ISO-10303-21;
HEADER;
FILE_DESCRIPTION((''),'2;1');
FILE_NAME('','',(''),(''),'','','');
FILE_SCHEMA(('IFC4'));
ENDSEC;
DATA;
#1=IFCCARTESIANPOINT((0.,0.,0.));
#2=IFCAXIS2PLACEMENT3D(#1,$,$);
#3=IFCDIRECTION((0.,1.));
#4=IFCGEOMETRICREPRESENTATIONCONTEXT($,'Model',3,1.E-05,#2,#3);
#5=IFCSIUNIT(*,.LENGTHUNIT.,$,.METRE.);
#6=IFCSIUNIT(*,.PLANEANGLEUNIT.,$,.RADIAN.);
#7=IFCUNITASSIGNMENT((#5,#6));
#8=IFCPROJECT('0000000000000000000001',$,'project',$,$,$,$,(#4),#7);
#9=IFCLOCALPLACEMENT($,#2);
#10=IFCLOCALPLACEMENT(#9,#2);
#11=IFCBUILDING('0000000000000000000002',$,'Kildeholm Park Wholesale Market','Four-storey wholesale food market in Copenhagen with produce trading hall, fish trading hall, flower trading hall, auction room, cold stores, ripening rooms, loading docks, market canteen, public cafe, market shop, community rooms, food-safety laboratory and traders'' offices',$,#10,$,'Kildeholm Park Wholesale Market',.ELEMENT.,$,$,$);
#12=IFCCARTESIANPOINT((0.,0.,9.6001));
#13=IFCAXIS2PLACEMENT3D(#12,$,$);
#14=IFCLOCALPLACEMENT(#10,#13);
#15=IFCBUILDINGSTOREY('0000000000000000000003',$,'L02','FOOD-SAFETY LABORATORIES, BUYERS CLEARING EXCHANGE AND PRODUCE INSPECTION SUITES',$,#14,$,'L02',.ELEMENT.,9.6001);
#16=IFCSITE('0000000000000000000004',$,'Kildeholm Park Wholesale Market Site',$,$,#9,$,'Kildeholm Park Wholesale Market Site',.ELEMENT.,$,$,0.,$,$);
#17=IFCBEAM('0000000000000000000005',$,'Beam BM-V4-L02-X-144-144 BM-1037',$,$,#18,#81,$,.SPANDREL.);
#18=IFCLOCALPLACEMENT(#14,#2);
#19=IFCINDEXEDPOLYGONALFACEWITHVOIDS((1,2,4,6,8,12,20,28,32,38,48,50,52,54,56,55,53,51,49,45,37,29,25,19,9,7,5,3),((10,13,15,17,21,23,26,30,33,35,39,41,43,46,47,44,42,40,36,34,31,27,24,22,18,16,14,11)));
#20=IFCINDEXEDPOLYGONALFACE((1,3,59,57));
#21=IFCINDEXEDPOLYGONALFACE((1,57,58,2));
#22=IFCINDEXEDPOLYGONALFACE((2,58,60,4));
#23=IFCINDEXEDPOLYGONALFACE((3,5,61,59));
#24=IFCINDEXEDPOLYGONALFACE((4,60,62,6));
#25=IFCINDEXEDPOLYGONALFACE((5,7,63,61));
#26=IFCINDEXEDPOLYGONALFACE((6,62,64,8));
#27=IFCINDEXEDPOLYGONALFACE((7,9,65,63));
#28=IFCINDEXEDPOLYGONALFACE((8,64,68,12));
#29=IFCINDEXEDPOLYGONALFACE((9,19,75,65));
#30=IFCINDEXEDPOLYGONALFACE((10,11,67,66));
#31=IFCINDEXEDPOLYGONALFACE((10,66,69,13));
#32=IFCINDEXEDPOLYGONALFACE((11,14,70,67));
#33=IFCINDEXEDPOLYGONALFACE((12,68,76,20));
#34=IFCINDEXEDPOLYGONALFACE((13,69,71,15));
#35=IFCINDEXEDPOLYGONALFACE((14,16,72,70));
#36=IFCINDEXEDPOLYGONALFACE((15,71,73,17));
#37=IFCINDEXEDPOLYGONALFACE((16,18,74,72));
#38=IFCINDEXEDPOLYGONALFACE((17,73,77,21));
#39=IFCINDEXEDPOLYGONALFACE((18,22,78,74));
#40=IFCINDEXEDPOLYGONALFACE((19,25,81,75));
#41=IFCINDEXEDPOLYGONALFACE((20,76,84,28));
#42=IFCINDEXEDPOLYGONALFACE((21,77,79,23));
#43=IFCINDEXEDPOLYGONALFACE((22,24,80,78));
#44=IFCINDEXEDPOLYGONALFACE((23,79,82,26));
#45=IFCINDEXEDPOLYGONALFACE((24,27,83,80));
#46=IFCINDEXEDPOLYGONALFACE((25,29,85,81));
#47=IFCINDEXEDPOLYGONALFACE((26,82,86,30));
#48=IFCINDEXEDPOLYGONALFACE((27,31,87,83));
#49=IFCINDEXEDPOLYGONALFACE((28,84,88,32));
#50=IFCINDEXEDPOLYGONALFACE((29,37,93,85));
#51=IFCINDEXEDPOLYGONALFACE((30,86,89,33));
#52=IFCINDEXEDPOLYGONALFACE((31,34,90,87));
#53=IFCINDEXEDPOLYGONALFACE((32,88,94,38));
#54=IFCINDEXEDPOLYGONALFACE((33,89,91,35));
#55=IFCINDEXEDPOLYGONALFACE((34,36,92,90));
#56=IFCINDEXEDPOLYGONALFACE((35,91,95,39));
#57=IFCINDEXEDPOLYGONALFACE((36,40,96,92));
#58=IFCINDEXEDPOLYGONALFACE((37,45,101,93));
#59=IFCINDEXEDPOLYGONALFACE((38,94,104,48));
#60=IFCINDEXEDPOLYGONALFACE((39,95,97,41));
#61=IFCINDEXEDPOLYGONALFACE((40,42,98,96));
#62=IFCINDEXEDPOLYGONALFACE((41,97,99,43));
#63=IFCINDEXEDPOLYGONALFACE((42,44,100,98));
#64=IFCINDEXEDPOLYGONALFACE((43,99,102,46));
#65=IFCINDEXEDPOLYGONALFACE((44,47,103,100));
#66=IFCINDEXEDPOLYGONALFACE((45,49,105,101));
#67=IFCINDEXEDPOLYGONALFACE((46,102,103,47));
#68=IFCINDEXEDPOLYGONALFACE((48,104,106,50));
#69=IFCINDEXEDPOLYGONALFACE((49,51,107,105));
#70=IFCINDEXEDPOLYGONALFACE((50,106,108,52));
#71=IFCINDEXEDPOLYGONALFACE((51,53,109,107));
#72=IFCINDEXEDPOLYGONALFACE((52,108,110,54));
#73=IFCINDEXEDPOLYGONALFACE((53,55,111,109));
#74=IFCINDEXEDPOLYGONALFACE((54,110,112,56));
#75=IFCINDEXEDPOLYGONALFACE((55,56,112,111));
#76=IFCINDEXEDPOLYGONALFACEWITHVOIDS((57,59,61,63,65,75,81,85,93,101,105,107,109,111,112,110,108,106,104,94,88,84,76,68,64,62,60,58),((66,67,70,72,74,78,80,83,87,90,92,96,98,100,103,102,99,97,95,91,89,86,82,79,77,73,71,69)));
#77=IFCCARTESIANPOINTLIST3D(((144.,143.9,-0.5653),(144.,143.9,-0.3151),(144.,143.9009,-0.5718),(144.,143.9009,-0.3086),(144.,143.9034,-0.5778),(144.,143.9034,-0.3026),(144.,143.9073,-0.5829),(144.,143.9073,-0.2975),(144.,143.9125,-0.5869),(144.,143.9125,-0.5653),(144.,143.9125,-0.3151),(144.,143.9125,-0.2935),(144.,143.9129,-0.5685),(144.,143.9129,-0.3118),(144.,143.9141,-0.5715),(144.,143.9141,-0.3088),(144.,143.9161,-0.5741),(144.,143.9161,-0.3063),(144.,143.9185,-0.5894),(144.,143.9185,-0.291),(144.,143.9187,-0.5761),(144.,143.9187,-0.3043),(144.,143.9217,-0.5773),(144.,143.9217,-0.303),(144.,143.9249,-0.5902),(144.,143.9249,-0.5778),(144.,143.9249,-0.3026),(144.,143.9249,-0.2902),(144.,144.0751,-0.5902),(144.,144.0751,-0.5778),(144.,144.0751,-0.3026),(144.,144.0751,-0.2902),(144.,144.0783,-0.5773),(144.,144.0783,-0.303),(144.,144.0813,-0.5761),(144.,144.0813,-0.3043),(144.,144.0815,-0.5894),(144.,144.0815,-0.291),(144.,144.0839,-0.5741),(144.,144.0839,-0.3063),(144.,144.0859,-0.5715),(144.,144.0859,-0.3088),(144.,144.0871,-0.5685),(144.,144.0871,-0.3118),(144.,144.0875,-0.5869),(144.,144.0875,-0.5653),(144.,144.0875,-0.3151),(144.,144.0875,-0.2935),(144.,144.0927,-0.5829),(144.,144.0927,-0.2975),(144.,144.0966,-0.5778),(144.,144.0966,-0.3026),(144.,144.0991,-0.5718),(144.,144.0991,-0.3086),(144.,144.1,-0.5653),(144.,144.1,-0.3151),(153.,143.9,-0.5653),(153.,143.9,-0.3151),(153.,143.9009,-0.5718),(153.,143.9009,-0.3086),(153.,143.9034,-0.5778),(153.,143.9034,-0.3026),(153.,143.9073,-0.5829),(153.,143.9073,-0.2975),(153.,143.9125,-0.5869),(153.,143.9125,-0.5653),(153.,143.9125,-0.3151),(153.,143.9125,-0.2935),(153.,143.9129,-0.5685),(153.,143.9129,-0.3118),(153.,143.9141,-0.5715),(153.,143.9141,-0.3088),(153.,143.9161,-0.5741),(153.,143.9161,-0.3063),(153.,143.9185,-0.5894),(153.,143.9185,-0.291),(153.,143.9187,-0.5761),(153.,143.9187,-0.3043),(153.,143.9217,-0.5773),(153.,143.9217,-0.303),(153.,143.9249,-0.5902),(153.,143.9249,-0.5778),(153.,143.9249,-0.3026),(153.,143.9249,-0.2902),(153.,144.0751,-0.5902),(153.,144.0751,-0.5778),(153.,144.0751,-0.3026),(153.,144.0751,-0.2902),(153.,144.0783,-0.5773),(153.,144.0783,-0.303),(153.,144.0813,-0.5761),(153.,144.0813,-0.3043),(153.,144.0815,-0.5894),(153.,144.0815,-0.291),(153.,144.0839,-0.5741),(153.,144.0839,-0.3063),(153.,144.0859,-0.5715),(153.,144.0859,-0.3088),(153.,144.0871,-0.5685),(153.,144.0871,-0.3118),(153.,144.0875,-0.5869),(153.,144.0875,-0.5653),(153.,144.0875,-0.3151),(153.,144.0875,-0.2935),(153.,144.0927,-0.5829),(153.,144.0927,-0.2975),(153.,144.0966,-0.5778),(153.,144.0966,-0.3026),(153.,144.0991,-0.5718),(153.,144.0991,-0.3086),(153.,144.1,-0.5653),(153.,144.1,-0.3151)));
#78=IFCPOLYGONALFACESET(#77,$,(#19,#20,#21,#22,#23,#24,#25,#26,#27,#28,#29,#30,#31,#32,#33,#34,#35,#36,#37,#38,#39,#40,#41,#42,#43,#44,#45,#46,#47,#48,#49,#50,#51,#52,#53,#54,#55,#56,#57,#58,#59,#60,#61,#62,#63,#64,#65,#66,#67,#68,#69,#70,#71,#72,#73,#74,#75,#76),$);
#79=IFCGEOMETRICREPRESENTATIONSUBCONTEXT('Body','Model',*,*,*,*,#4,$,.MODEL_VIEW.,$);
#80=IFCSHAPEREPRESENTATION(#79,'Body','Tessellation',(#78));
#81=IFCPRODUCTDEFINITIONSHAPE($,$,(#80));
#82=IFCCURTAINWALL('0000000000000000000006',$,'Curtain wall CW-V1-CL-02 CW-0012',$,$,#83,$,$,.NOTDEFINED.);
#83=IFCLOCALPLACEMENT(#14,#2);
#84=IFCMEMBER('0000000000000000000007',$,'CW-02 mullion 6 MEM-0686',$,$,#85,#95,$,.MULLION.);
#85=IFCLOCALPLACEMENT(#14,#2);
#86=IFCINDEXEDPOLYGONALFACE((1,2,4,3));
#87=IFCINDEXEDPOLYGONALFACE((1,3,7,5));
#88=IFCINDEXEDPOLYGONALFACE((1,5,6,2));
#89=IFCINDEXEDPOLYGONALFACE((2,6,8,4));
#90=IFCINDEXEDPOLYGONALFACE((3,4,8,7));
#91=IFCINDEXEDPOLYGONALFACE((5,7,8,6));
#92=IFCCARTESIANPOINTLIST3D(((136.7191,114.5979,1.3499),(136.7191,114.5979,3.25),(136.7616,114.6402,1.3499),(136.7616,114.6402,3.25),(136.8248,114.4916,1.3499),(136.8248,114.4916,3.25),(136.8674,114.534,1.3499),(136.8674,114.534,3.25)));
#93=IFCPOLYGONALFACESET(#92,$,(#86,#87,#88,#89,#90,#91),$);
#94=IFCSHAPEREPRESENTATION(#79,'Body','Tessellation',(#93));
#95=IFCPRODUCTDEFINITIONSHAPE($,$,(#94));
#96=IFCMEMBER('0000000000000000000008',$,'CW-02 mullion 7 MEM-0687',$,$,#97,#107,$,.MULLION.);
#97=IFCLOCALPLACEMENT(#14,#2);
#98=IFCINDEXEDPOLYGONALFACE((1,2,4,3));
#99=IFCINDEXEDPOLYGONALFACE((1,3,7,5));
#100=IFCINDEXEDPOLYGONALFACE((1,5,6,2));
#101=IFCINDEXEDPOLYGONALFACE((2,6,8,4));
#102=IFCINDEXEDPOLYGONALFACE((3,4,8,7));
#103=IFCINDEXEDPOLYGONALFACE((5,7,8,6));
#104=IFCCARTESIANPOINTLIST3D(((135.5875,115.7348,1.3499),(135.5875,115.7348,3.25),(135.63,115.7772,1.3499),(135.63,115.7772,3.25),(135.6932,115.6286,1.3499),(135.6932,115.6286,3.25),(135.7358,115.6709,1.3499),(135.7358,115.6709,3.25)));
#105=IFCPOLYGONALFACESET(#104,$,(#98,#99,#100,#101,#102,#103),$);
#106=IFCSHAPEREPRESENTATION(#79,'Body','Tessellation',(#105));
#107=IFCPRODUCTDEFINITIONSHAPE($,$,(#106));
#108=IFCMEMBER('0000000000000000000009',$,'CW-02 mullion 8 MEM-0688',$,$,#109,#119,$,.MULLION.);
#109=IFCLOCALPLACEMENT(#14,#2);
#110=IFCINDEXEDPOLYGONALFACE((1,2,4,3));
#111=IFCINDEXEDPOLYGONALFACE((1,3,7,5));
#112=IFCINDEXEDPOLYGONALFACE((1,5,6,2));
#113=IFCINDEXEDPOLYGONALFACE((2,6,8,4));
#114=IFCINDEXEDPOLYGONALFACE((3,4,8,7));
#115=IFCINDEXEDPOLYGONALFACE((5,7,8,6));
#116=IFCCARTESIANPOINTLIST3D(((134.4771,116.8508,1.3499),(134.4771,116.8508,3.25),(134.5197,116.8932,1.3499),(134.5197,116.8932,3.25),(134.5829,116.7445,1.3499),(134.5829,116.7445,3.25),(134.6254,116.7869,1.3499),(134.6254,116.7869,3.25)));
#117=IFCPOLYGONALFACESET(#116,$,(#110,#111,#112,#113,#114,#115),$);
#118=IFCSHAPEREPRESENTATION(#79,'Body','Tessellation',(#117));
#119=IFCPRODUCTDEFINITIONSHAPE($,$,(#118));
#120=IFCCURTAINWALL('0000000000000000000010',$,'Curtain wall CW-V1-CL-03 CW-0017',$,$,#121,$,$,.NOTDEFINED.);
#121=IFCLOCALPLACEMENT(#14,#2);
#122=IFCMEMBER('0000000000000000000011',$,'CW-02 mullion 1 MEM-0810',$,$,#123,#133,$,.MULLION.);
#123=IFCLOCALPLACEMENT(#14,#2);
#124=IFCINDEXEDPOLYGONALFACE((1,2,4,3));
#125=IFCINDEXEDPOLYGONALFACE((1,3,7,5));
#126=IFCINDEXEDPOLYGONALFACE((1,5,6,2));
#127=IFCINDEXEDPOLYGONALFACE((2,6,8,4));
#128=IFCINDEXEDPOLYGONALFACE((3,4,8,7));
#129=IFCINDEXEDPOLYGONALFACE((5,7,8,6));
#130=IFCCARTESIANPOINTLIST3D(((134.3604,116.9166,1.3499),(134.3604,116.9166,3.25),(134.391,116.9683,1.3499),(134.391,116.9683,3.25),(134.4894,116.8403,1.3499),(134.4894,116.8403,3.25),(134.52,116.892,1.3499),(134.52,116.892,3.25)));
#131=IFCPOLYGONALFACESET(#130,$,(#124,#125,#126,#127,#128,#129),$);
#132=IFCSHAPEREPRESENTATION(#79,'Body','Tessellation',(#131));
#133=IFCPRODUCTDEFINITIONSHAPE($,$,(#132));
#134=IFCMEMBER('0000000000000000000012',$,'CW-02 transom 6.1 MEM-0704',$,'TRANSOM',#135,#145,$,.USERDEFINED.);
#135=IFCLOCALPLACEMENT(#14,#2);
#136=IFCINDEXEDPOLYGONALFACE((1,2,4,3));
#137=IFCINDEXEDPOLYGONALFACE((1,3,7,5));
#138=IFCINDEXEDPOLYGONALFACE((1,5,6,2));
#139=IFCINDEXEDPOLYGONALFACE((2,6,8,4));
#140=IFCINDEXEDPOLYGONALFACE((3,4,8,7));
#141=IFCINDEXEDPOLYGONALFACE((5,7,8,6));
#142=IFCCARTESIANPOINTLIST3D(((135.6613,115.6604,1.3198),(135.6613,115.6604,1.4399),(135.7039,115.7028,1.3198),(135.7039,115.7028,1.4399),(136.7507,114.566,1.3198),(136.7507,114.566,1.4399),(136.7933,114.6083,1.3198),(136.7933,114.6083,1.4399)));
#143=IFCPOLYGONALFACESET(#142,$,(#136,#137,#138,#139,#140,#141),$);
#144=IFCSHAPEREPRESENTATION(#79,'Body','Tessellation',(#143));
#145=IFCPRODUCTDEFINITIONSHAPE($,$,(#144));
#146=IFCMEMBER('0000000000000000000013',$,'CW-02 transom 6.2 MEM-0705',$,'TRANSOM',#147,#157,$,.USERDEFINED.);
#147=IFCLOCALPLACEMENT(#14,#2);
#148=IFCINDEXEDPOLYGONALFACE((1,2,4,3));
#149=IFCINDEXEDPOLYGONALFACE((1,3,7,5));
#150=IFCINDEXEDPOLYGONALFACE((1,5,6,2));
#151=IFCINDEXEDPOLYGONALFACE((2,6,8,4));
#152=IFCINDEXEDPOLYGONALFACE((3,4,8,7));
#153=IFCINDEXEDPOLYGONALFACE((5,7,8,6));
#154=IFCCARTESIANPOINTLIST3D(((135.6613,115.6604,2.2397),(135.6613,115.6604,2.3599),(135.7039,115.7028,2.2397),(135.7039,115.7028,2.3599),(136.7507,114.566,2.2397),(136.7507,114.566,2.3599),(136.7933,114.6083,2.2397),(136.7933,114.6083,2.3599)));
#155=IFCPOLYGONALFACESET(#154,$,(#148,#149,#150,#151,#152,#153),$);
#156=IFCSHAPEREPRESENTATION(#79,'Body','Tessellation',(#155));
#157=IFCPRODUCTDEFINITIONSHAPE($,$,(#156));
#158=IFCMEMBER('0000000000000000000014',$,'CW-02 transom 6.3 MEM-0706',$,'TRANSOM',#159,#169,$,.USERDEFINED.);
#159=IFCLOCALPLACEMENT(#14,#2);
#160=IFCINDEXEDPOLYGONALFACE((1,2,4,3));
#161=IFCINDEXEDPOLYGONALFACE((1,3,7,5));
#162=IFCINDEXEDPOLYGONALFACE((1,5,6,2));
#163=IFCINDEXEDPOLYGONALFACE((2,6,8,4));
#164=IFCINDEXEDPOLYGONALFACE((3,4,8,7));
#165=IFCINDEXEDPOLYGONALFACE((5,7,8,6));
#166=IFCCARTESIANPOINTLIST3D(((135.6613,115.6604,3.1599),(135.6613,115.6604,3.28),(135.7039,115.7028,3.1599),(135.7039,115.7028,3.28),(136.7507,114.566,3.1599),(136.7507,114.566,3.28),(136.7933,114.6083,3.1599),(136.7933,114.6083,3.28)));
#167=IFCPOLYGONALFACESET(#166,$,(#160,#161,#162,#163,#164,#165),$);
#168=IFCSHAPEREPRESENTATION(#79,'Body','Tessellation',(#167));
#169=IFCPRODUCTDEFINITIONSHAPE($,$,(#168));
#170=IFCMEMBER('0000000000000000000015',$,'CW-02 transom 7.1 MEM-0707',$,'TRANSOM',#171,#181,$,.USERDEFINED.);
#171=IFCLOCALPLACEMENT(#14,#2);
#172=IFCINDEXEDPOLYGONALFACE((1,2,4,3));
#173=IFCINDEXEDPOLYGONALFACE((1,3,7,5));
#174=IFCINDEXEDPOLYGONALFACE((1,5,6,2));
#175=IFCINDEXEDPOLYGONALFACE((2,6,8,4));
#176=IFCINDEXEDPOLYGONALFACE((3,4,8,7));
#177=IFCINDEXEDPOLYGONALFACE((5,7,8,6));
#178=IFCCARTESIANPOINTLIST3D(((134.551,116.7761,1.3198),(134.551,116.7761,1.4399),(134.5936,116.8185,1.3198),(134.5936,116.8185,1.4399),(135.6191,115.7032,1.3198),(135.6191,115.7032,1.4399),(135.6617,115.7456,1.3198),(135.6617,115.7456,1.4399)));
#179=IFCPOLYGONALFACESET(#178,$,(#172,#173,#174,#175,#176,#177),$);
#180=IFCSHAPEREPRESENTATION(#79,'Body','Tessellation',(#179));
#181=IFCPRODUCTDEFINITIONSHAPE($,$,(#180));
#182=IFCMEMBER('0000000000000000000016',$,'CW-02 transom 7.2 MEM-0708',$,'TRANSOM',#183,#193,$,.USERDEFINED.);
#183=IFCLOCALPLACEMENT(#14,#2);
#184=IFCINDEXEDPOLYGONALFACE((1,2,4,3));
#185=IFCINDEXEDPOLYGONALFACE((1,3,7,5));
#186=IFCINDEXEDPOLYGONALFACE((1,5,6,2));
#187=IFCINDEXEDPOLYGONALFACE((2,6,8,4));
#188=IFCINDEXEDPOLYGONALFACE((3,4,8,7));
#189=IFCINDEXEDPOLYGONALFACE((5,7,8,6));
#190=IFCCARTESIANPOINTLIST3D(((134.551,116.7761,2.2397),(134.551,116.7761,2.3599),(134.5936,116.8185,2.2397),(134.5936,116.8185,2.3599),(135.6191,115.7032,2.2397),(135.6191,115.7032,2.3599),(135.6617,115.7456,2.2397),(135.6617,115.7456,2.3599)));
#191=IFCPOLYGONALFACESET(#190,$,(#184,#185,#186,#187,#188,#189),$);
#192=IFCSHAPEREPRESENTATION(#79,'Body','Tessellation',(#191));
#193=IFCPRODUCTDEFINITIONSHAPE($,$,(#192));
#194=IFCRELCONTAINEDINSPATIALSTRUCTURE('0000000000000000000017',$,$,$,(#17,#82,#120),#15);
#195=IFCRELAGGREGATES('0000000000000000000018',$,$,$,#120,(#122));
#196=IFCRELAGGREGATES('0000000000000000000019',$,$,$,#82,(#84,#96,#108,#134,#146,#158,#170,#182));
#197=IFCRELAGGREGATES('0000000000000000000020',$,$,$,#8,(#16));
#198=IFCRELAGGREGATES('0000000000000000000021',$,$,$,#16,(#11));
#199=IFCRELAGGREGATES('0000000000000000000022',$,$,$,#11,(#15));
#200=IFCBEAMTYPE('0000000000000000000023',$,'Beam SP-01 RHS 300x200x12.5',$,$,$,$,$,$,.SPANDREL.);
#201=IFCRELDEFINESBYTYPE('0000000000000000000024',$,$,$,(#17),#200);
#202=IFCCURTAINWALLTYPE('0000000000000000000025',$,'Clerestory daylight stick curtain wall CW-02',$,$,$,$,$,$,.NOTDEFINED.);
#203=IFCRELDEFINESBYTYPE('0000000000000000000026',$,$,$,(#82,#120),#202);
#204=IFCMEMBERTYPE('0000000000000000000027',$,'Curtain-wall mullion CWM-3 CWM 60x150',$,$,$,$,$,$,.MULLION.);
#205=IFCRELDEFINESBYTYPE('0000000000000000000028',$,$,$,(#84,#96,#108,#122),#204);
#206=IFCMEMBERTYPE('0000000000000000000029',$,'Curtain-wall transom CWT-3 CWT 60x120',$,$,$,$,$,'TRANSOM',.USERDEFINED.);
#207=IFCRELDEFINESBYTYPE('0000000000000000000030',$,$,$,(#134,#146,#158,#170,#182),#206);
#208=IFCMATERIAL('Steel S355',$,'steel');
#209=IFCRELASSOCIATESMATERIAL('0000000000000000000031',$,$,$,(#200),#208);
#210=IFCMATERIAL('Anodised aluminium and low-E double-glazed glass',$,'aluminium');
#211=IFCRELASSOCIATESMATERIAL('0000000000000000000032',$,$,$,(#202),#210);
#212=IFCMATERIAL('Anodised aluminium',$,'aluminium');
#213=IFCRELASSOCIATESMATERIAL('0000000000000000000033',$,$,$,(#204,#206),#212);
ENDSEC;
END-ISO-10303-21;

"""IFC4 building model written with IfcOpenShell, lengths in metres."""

from ifc_helpers import new_model, si_unit, direction, frame, origin, origin_2d, place, context, subcontext, project, spatial, rectangle, hollow_rectangle, extrude, material, material_profile, profile_set, type_object, element, aggregate, save


model = new_model("IFC4")

# Units and contexts
model_context = context("Model", 3, precision=1e-05, world=origin(), true_north=direction((0.0, 1.0)))
body_context = subcontext(model_context, "Body", "Model", "MODEL_VIEW")
ifc_project = project(units=[si_unit("LENGTHUNIT", "METRE"), si_unit("PLANEANGLEUNIT", "RADIAN")], contexts=[model_context])

# Site, building, storey
site_placement = place(None, origin())
site = spatial("IfcSite", under=ifc_project, at=site_placement, Name="Kildeholm Park Wholesale Market Site", LongName="Kildeholm Park Wholesale Market Site", CompositionType="ELEMENT", RefElevation=0.0)
building_placement = place(site_placement, origin())
building = spatial("IfcBuilding", under=site, at=building_placement, Name="Kildeholm Park Wholesale Market", Description="Four-storey wholesale food market in Copenhagen with produce trading hall, fish trading hall, flower trading hall, auction room, cold stores, ripening rooms, loading docks, market canteen, public cafe, market shop, community rooms, food-safety laboratory and traders' offices", LongName="Kildeholm Park Wholesale Market", CompositionType="ELEMENT")
storey_placement = place(building_placement, frame((0.0, 0.0, 9.6001)))
storey = spatial("IfcBuildingStorey", under=building, at=storey_placement, Name="L02", Description="FOOD-SAFETY LABORATORIES, BUYERS CLEARING EXCHANGE AND PRODUCE INSPECTION SUITES", LongName="L02", CompositionType="ELEMENT", Elevation=9.6001)

# Shared definitions
ifc_material_1 = material(Name="Steel S355", Category="steel")

# Beam
ifc_material_profile_1 = material_profile(ifc_material_1, hollow_rectangle(XDim=0.2, YDim=0.3, WallThickness=0.0125, InnerFilletRadius=0.0125, OuterFilletRadius=0.0249, at=origin_2d()), Name="RHS 300x200x12.5")
ifc_profile_set_1 = profile_set([ifc_material_profile_1], Name="Steel S355")
beam_type_1 = type_object("IfcBeamType", Name="Beam SP-01 RHS 300x200x12.5", PredefinedType="SPANDREL", material=ifc_profile_set_1)
for number, where, z_axis, x_axis, name in (
    (1, (144.0, 144.0, -0.4402), (1.0, 0.0, 0.0), (0.0, 1.0, 0.0), "Beam BM-V4-L02-X-144-144 BM-1037"),
):
    element("IfcBeam", number, at=place(storey_placement, frame(where, z_axis=z_axis, x_axis=x_axis)), inside=storey, type_object=beam_type_1, Name=name, PredefinedType="SPANDREL", context=body_context, shape_type="SweptSolid", body=[
        extrude(hollow_rectangle(XDim=0.2, YDim=0.3, WallThickness=0.0125, InnerFilletRadius=0.0125, OuterFilletRadius=0.0249, at=origin_2d()), origin(), (0.0, 0.0, 1.0), 9.0),
    ])

# Curtain wall, members
ifc_material_2 = material(Name="Anodised aluminium and low-E double-glazed glass", Category="aluminium")
curtain_wall_type = type_object("IfcCurtainWallType", Name="Clerestory daylight stick curtain wall CW-02", PredefinedType="NOTDEFINED", material=ifc_material_2)
curtain_wall_1_placement = place(storey_placement, origin())
curtain_wall_1 = element("IfcCurtainWall", 2, at=curtain_wall_1_placement, inside=storey, type_object=curtain_wall_type, Name="Curtain wall CW-V1-CL-02 CW-0012", PredefinedType="NOTDEFINED")
ifc_material_3 = material(Name="Anodised aluminium", Category="aluminium")
ifc_material_profile_2 = material_profile(ifc_material_3, rectangle(XDim=0.0601, YDim=0.1499, at=origin_2d()), Name="CWM 60x150")
ifc_profile_set_2 = profile_set([ifc_material_profile_2], Name="Anodised aluminium")
member_type_1 = type_object("IfcMemberType", Name="Curtain-wall mullion CWM-3 CWM 60x150", PredefinedType="MULLION", material=ifc_profile_set_2)
member_1_placement = place(storey_placement, frame((136.7932, 114.5659, 1.3499), z_axis=(0.0, 0.0, 1.0), x_axis=(-0.708797, -0.705413, 0.0)))
member_1 = element("IfcMember", 3, at=member_1_placement, type_object=member_type_1, Name="CW-02 mullion 6 MEM-0686", PredefinedType="MULLION", context=body_context, shape_type="SweptSolid", body=[
    extrude(rectangle(XDim=0.0601, YDim=0.1499, at=origin_2d()), origin(), (0.0, 0.0, 1.0), 1.9001),
])
member_2_placement = place(storey_placement, frame((135.6616, 115.7029, 1.3499), z_axis=(0.0, 0.0, 1.0), x_axis=(-0.708797, -0.705413, 0.0)))
member_2 = element("IfcMember", 4, at=member_2_placement, type_object=member_type_1, Name="CW-02 mullion 7 MEM-0687", PredefinedType="MULLION", context=body_context, shape_type="SweptSolid", body=[
    extrude(rectangle(XDim=0.0601, YDim=0.1499, at=origin_2d()), origin(), (0.0, 0.0, 1.0), 1.9001),
])
member_3_placement = place(storey_placement, frame((134.5513, 116.8188, 1.3499), z_axis=(0.0, 0.0, 1.0), x_axis=(-0.708797, -0.705413, 0.0)))
member_3 = element("IfcMember", 5, at=member_3_placement, type_object=member_type_1, Name="CW-02 mullion 8 MEM-0688", PredefinedType="MULLION", context=body_context, shape_type="SweptSolid", body=[
    extrude(rectangle(XDim=0.0601, YDim=0.1499, at=origin_2d()), origin(), (0.0, 0.0, 1.0), 1.9001),
])

# Curtain wall, member
curtain_wall_2_placement = place(storey_placement, origin())
curtain_wall_2 = element("IfcCurtainWall", 6, at=curtain_wall_2_placement, inside=storey, type_object=curtain_wall_type, Name="Curtain wall CW-V1-CL-03 CW-0017", PredefinedType="NOTDEFINED")
member_4_placement = place(storey_placement, frame((134.4402, 116.9043, 1.3499), z_axis=(0.0, 0.0, 1.0), x_axis=(-0.509105, -0.860704, 0.0)))
member_4 = element("IfcMember", 7, at=member_4_placement, type_object=member_type_1, Name="CW-02 mullion 1 MEM-0810", PredefinedType="MULLION", context=body_context, shape_type="SweptSolid", body=[
    extrude(rectangle(XDim=0.0601, YDim=0.1499, at=origin_2d()), origin(), (0.0, 0.0, 1.0), 1.9001),
])

# Members
ifc_material_profile_3 = material_profile(ifc_material_3, rectangle(XDim=0.0601, YDim=0.1201, at=origin_2d()), Name="CWT 60x120")
ifc_profile_set_3 = profile_set([ifc_material_profile_3], Name="Anodised aluminium")
member_type_2 = type_object("IfcMemberType", Name="Curtain-wall transom CWT-3 CWT 60x120", ElementType="TRANSOM", PredefinedType="USERDEFINED", material=ifc_profile_set_3)
member_5_placement = place(storey_placement, frame((136.772, 114.5872, 1.3799), z_axis=(-0.705445, 0.708765, 0.0), x_axis=(-0.708765, -0.705445, 0.0)))
member_5 = element("IfcMember", 8, at=member_5_placement, type_object=member_type_2, Name="CW-02 transom 6.1 MEM-0704", ObjectType="TRANSOM", PredefinedType="USERDEFINED", context=body_context, shape_type="SweptSolid", body=[
    extrude(rectangle(XDim=0.0601, YDim=0.1201, at=origin_2d()), origin(), (0.0, 0.0, 1.0), 1.5442),
])
member_6_placement = place(storey_placement, frame((136.772, 114.5872, 2.2998), z_axis=(-0.705445, 0.708765, 0.0), x_axis=(-0.708765, -0.705445, 0.0)))
member_6 = element("IfcMember", 9, at=member_6_placement, type_object=member_type_2, Name="CW-02 transom 6.2 MEM-0705", ObjectType="TRANSOM", PredefinedType="USERDEFINED", context=body_context, shape_type="SweptSolid", body=[
    extrude(rectangle(XDim=0.0601, YDim=0.1201, at=origin_2d()), origin(), (0.0, 0.0, 1.0), 1.5442),
])
member_7_placement = place(storey_placement, frame((136.772, 114.5872, 3.22), z_axis=(-0.705445, 0.708765, 0.0), x_axis=(-0.708765, -0.705445, 0.0)))
member_7 = element("IfcMember", 10, at=member_7_placement, type_object=member_type_2, Name="CW-02 transom 6.3 MEM-0706", ObjectType="TRANSOM", PredefinedType="USERDEFINED", context=body_context, shape_type="SweptSolid", body=[
    extrude(rectangle(XDim=0.0601, YDim=0.1201, at=origin_2d()), origin(), (0.0, 0.0, 1.0), 1.5442),
])
member_8_placement = place(storey_placement, frame((135.6404, 115.7244, 1.3799), z_axis=(-0.705492, 0.708717, 0.0), x_axis=(-0.708717, -0.705492, 0.0)))
member_8 = element("IfcMember", 11, at=member_8_placement, type_object=member_type_2, Name="CW-02 transom 7.1 MEM-0707", ObjectType="TRANSOM", PredefinedType="USERDEFINED", context=body_context, shape_type="SweptSolid", body=[
    extrude(rectangle(XDim=0.0601, YDim=0.1201, at=origin_2d()), origin(), (0.0, 0.0, 1.0), 1.5139),
])
member_9_placement = place(storey_placement, frame((135.6404, 115.7244, 2.2998), z_axis=(-0.705492, 0.708717, 0.0), x_axis=(-0.708717, -0.705492, 0.0)))
member_9 = element("IfcMember", 12, at=member_9_placement, type_object=member_type_2, Name="CW-02 transom 7.2 MEM-0708", ObjectType="TRANSOM", PredefinedType="USERDEFINED", context=body_context, shape_type="SweptSolid", body=[
    extrude(rectangle(XDim=0.0601, YDim=0.1201, at=origin_2d()), origin(), (0.0, 0.0, 1.0), 1.5139),
])
aggregate(curtain_wall_2, [member_4])

aggregate(curtain_wall_1, [member_1, member_2, member_3, member_5, member_6, member_7, member_8, member_9])

save(model, "model.ifc")
